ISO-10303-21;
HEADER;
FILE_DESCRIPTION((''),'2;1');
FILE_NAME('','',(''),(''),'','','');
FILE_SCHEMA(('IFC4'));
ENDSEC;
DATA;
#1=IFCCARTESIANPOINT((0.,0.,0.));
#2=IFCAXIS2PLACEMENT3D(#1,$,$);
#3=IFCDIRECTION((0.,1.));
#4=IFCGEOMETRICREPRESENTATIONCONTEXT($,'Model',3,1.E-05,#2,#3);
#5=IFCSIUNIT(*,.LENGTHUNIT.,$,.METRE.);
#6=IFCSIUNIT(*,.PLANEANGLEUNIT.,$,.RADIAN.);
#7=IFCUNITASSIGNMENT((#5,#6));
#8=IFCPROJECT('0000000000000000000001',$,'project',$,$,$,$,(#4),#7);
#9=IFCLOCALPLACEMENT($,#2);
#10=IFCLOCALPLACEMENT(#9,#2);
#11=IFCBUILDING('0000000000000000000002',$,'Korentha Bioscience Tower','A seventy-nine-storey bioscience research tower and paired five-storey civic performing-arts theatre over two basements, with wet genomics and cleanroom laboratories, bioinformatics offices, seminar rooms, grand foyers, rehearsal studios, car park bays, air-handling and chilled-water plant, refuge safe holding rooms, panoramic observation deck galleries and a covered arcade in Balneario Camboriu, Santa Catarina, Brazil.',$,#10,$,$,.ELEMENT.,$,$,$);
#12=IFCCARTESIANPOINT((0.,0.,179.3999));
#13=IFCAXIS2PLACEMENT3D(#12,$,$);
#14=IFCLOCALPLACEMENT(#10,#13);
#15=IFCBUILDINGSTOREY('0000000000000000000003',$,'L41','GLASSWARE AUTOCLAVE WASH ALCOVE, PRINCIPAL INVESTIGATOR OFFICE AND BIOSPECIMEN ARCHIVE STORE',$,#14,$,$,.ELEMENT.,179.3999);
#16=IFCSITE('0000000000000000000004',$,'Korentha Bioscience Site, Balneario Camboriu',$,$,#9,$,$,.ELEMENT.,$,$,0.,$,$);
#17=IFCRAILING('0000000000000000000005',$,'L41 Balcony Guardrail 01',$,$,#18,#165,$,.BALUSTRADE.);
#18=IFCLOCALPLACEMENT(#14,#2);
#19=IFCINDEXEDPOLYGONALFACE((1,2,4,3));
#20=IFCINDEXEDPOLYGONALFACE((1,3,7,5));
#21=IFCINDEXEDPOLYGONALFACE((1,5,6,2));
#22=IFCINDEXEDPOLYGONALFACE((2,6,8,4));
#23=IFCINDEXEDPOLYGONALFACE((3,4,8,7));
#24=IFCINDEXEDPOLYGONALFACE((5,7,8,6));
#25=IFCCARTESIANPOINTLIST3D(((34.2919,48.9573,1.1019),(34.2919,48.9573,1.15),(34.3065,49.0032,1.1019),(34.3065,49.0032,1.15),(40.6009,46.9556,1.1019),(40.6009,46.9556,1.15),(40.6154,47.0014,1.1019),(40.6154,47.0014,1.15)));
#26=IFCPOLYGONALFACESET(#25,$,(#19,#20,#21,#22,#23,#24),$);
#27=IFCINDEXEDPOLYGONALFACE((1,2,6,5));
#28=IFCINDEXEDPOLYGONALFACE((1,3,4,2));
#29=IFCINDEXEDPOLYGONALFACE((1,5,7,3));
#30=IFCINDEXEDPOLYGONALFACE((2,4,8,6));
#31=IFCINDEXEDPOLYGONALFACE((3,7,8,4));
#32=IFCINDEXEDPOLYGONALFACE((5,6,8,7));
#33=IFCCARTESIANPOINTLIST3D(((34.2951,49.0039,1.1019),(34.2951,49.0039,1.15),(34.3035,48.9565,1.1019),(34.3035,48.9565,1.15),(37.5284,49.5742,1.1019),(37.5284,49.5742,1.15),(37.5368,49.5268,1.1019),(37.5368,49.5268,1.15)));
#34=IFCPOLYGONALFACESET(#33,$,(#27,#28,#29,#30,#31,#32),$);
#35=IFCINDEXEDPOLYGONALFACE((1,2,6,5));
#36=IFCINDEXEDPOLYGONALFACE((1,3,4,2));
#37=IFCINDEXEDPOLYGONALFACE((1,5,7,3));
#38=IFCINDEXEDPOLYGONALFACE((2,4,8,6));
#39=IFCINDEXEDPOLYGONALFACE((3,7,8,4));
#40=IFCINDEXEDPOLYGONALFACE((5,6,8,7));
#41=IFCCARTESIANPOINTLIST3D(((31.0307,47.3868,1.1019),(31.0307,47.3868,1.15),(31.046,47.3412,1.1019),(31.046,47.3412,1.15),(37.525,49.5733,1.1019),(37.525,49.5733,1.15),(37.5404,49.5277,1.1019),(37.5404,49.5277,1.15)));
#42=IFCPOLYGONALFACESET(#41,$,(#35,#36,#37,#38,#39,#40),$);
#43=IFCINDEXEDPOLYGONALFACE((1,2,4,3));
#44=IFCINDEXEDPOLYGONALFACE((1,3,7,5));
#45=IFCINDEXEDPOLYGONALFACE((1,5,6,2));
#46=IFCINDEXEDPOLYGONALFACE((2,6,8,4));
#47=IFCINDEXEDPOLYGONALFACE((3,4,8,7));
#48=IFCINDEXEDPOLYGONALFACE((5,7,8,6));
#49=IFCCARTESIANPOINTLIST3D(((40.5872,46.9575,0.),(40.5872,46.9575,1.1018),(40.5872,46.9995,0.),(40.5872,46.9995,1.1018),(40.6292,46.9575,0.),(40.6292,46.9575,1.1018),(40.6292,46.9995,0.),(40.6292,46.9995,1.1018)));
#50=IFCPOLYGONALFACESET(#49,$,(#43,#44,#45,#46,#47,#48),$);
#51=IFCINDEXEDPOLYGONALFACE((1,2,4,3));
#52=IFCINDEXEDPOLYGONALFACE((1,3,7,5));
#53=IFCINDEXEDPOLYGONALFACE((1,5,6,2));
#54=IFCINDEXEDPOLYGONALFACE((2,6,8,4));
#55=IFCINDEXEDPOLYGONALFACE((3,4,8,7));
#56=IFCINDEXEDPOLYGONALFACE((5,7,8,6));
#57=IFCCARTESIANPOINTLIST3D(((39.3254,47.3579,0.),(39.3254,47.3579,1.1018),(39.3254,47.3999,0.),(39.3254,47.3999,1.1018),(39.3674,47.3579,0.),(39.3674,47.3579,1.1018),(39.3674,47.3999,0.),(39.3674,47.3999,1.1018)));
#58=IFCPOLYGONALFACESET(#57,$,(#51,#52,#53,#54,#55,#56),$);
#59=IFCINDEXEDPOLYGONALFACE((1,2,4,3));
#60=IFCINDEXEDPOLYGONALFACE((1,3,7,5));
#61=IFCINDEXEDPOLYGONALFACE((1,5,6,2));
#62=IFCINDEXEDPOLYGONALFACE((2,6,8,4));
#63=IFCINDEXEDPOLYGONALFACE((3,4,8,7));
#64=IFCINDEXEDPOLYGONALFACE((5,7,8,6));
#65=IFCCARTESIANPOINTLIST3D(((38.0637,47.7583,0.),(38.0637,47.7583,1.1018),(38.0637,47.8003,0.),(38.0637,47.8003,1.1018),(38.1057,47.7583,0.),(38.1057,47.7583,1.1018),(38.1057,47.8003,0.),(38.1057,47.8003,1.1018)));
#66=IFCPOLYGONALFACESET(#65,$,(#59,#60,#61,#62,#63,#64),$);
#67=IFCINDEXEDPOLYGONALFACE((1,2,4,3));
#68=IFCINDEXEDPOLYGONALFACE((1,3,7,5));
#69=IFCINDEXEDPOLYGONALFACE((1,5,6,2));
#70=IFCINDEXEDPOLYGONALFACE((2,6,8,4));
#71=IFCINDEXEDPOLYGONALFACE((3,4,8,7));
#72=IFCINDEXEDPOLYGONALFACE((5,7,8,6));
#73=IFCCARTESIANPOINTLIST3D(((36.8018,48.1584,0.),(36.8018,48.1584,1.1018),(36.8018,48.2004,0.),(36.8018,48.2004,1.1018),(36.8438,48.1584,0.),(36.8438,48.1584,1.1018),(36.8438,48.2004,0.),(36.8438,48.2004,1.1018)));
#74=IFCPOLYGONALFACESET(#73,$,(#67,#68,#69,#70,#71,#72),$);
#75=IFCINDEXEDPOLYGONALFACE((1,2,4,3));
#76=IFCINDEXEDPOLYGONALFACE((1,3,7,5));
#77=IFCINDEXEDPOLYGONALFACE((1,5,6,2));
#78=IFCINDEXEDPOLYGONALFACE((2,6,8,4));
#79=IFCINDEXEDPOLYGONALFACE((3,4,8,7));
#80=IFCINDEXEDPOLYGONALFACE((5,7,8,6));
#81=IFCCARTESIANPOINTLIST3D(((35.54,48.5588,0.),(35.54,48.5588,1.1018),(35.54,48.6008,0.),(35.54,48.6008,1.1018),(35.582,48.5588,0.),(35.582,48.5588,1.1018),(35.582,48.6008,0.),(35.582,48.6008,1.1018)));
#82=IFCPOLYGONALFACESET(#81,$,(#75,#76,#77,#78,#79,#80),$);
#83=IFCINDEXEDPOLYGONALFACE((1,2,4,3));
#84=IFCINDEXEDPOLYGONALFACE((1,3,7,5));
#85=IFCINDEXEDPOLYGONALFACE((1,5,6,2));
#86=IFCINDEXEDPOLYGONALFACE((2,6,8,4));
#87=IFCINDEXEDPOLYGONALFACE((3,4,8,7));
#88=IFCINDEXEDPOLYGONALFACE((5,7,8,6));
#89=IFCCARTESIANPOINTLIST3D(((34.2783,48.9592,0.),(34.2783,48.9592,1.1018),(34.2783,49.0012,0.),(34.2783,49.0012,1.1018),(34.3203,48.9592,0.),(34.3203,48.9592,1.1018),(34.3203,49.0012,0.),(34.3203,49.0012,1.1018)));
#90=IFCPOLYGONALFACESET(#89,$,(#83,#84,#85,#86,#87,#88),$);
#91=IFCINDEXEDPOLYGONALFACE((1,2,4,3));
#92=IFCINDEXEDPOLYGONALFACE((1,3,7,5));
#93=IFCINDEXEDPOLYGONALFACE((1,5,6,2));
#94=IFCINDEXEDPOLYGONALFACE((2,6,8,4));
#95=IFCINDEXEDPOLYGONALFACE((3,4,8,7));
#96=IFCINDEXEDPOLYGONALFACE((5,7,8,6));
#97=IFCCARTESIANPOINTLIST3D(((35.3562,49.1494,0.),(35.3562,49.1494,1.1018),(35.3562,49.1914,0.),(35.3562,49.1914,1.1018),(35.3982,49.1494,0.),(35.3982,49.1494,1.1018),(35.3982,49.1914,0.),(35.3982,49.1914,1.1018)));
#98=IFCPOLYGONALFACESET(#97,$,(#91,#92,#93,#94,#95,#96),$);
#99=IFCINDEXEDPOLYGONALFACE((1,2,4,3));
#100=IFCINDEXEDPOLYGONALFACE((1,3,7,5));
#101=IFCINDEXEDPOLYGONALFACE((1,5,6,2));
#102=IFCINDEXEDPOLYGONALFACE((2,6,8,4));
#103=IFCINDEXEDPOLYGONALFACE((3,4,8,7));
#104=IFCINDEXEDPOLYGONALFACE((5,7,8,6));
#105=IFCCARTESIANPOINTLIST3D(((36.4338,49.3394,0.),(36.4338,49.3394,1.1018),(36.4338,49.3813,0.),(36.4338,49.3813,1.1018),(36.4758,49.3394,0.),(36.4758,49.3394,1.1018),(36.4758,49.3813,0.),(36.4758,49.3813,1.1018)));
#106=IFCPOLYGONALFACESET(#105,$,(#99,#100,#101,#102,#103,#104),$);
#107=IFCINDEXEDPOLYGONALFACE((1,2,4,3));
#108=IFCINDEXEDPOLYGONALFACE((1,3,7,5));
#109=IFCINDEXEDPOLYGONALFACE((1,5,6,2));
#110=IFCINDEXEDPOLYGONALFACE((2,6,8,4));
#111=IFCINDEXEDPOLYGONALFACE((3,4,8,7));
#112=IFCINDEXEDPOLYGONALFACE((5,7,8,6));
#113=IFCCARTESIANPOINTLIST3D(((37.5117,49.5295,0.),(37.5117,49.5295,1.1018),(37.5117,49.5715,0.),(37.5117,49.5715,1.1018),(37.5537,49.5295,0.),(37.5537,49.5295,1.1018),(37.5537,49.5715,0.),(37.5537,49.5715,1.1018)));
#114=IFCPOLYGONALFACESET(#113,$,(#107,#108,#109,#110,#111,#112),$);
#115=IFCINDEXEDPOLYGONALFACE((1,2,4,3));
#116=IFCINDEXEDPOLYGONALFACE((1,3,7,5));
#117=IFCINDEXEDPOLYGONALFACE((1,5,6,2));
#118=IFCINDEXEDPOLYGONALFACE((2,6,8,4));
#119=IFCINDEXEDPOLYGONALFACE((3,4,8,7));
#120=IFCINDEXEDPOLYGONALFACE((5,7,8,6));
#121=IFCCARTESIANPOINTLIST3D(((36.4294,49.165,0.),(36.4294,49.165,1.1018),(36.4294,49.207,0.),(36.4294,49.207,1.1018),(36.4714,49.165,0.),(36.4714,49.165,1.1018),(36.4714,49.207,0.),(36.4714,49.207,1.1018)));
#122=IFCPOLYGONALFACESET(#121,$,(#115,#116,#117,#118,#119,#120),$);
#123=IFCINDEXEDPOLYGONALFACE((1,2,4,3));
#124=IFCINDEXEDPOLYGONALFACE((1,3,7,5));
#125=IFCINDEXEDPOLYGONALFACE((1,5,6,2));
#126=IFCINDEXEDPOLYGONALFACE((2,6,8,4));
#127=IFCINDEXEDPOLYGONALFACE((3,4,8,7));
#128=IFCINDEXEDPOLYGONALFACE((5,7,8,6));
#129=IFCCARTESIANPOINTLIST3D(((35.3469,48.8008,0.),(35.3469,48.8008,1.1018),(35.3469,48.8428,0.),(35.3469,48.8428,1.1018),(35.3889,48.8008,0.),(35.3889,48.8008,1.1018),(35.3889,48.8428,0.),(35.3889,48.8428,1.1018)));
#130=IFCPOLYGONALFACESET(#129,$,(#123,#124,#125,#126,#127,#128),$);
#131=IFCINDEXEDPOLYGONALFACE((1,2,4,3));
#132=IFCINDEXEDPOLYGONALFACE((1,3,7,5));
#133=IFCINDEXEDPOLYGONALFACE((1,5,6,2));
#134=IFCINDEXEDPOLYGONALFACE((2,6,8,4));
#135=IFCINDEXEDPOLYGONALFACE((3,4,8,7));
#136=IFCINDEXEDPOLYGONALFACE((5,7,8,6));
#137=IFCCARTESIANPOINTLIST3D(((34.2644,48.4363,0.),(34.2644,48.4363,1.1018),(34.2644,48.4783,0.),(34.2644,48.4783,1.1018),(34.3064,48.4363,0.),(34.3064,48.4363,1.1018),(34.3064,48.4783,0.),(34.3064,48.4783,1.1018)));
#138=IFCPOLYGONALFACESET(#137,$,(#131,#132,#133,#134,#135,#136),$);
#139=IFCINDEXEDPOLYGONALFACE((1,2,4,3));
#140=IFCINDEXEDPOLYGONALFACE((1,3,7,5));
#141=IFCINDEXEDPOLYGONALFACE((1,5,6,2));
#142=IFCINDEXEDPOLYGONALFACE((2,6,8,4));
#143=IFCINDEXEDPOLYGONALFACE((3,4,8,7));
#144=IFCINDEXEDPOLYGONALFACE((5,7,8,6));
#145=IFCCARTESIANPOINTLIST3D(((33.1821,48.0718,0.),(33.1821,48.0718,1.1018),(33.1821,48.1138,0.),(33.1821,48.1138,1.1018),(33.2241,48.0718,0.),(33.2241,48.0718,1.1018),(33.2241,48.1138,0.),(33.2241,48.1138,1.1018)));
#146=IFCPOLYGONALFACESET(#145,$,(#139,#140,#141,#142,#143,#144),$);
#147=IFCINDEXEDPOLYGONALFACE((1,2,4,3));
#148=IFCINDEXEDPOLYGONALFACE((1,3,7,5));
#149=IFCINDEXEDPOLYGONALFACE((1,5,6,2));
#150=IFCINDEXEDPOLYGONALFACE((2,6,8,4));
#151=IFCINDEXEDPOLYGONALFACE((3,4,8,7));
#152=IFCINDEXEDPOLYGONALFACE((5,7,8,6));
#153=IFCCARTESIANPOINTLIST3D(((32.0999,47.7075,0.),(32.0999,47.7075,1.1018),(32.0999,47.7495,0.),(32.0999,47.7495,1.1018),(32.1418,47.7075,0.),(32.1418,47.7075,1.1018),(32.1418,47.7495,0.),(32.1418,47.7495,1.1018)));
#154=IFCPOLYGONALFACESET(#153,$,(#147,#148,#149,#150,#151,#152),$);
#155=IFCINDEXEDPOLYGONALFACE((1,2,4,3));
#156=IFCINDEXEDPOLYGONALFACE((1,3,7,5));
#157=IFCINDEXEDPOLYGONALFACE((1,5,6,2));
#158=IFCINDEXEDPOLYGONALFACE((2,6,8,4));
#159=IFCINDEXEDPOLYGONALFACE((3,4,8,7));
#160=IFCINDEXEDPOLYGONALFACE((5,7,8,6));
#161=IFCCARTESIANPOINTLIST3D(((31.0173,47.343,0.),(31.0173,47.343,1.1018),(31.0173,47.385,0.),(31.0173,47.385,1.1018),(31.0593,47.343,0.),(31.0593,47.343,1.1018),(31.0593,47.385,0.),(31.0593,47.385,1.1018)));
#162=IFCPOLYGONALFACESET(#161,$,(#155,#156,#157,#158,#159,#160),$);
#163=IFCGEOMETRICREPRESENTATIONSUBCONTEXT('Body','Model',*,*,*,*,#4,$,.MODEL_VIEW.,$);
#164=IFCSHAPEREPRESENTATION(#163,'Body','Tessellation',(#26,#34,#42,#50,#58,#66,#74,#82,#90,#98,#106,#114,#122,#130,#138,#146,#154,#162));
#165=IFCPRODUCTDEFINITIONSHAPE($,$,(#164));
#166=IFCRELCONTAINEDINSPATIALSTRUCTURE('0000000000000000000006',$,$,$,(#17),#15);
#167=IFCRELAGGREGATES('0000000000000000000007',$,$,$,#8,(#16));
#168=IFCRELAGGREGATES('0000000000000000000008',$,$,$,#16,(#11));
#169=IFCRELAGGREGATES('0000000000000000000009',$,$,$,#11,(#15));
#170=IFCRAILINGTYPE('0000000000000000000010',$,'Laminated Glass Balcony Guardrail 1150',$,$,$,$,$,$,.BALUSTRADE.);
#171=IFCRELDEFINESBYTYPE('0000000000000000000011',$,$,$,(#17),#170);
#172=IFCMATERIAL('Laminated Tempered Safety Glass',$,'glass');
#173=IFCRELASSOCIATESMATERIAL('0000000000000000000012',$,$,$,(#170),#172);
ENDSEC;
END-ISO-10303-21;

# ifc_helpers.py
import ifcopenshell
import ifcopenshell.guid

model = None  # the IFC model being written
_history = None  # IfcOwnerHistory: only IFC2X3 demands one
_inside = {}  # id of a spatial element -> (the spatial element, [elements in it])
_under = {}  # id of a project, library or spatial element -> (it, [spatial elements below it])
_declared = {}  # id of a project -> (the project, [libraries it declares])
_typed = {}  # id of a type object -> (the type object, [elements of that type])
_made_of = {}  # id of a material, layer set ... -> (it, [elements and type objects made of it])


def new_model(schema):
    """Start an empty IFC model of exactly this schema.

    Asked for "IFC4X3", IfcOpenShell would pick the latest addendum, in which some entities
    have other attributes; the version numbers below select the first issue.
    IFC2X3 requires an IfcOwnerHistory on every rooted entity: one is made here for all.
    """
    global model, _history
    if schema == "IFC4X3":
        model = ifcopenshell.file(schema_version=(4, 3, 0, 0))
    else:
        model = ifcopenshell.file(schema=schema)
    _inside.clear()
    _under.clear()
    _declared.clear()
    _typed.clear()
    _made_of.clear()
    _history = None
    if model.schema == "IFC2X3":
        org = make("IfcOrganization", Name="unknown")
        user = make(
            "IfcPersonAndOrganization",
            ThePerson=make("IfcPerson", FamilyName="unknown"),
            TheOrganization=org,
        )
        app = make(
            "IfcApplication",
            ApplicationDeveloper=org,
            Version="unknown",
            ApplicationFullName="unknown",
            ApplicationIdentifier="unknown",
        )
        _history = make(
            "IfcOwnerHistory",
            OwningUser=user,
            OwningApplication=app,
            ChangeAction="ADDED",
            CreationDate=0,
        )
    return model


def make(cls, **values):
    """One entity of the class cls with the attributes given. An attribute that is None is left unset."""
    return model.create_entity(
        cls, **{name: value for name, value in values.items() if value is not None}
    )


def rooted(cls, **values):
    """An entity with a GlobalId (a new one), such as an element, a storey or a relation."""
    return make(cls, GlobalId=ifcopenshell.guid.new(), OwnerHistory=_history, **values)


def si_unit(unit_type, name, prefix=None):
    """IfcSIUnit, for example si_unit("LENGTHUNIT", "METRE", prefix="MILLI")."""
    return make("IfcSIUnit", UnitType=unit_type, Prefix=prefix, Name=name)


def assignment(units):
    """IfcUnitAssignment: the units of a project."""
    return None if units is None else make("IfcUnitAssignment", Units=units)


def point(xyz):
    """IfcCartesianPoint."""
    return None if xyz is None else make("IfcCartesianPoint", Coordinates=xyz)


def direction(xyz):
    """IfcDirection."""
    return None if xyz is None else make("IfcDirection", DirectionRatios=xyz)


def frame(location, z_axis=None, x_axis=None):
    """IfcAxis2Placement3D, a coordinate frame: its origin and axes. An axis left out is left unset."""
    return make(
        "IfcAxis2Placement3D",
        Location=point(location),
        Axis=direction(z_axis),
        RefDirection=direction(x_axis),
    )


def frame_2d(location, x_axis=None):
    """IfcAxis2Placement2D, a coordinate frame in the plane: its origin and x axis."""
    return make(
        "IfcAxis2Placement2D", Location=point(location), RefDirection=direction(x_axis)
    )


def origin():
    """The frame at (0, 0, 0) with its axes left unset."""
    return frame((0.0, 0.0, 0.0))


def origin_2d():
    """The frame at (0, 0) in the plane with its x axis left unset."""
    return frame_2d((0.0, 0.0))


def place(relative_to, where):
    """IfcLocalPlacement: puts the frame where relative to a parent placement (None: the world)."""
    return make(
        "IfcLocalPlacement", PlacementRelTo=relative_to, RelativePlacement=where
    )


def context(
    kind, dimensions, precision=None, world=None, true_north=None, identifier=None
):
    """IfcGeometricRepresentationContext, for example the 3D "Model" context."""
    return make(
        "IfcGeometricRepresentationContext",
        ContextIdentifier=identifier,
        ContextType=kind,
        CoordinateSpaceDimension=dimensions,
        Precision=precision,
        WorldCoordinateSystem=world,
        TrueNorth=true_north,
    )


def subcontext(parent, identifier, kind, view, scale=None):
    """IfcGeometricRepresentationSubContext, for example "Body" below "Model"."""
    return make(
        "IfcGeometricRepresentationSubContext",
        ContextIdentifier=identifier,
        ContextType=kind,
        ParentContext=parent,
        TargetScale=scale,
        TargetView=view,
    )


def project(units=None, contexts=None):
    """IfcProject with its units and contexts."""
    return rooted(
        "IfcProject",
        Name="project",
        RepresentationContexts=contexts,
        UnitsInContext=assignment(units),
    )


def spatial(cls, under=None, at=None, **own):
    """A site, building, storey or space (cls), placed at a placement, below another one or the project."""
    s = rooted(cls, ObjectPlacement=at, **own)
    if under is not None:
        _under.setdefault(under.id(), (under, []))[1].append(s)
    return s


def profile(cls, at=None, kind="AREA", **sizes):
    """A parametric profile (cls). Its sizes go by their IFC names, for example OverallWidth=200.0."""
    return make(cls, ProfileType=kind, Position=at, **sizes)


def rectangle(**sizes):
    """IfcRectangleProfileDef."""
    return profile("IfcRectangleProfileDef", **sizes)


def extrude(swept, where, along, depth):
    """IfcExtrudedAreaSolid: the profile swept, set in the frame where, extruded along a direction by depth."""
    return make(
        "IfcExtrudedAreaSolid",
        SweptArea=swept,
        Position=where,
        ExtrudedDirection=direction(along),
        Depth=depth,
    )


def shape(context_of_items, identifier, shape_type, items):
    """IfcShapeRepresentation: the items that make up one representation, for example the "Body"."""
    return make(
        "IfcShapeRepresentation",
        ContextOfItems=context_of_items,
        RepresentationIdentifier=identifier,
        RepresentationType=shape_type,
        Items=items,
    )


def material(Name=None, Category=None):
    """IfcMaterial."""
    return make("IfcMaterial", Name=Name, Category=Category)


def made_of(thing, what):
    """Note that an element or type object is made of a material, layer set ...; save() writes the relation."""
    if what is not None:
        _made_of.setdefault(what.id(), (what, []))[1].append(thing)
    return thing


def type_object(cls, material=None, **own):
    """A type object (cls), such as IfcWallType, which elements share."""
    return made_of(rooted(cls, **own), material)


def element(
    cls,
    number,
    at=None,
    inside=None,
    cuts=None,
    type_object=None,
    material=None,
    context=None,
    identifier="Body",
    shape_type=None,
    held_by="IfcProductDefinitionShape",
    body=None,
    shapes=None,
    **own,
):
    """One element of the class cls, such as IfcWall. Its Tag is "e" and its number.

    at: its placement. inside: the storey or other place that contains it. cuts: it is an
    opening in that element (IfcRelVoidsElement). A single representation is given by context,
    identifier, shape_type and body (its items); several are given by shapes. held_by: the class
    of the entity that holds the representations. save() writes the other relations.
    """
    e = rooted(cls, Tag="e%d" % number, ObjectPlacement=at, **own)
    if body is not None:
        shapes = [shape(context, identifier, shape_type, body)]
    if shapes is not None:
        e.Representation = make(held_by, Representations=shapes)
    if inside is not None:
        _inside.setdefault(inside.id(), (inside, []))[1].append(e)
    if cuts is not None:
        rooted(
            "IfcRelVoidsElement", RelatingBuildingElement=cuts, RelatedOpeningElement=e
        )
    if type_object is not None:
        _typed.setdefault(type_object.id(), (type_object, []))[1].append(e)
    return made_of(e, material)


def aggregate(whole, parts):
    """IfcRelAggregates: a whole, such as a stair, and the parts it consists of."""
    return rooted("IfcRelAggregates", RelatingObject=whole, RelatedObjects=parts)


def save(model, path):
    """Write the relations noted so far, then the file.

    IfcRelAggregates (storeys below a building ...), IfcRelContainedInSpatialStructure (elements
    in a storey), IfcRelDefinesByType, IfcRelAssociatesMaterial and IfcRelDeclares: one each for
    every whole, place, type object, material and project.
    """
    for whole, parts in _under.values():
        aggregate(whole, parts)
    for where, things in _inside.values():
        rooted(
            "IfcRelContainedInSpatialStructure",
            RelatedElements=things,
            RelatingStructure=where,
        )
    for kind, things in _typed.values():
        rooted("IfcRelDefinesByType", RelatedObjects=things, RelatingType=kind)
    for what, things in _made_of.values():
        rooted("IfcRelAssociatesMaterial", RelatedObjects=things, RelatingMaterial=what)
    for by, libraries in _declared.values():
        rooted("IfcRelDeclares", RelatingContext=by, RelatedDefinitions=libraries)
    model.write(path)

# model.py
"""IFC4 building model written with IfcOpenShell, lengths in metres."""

from ifc_helpers import new_model, si_unit, direction, frame, origin, origin_2d, place, context, subcontext, project, spatial, rectangle, extrude, material, type_object, element, save


model = new_model("IFC4")

# Units and contexts
model_context = context("Model", 3, precision=1e-05, world=origin(), true_north=direction((0.0, 1.0)))
body_context = subcontext(model_context, "Body", "Model", "MODEL_VIEW")
ifc_project = project(units=[si_unit("LENGTHUNIT", "METRE"), si_unit("PLANEANGLEUNIT", "RADIAN")], contexts=[model_context])

# Site, building, storey
site_placement = place(None, origin())
site = spatial("IfcSite", under=ifc_project, at=site_placement, Name="Korentha Bioscience Site, Balneario Camboriu", CompositionType="ELEMENT", RefElevation=0.0)
building_placement = place(site_placement, origin())
building = spatial("IfcBuilding", under=site, at=building_placement, Name="Korentha Bioscience Tower", Description="A seventy-nine-storey bioscience research tower and paired five-storey civic performing-arts theatre over two basements, with wet genomics and cleanroom laboratories, bioinformatics offices, seminar rooms, grand foyers, rehearsal studios, car park bays, air-handling and chilled-water plant, refuge safe holding rooms, panoramic observation deck galleries and a covered arcade in Balneario Camboriu, Santa Catarina, Brazil.", CompositionType="ELEMENT")
storey_placement = place(building_placement, frame((0.0, 0.0, 179.3999)))
storey = spatial("IfcBuildingStorey", under=building, at=storey_placement, Name="L41", Description="GLASSWARE AUTOCLAVE WASH ALCOVE, PRINCIPAL INVESTIGATOR OFFICE AND BIOSPECIMEN ARCHIVE STORE", CompositionType="ELEMENT", Elevation=179.3999)

# Railing
ifc_material_1 = material(Name="Laminated Tempered Safety Glass", Category="glass")
railing_type = type_object("IfcRailingType", Name="Laminated Glass Balcony Guardrail 1150", PredefinedType="BALUSTRADE", material=ifc_material_1)
railing_placement = place(storey_placement, frame((40.6082, 46.9785, 0.0)))
element("IfcRailing", 1, at=railing_placement, inside=storey, type_object=railing_type, Name="L41 Balcony Guardrail 01", PredefinedType="BALUSTRADE", context=body_context, shape_type="SweptSolid", body=[
    extrude(rectangle(XDim=0.0481, YDim=0.0481, at=origin_2d()), frame((0.0, 0.0, 1.126), z_axis=(-0.953172, 0.302429, 0.0), x_axis=(-0.302429, -0.953172, 0.0)), (0.0, 0.0, 1.0), 6.6189),
    extrude(rectangle(XDim=0.0481, YDim=0.0481, at=origin_2d()), frame((-6.3088, 2.0017, 1.126), z_axis=(0.984799, 0.1737, 0.0), x_axis=(-0.1737, 0.984799, 0.0)), (0.0, 0.0, 1.0), 3.2832),
    extrude(rectangle(XDim=0.0481, YDim=0.0481, at=origin_2d()), frame((-3.0754, 2.572, 1.126), z_axis=(-0.947728, -0.31908, 0.0), x_axis=(0.31908, -0.947728, 0.0)), (0.0, 0.0, 1.0), 6.8525),
    extrude(rectangle(XDim=0.042, YDim=0.042, at=origin_2d()), origin(), (0.0, 0.0, 1.0), 1.1018),
    extrude(rectangle(XDim=0.042, YDim=0.042, at=origin_2d()), frame((-1.2617, 0.4004, 0.0)), (0.0, 0.0, 1.0), 1.1018),
    extrude(rectangle(XDim=0.042, YDim=0.042, at=origin_2d()), frame((-2.5234, 0.8008, 0.0)), (0.0, 0.0, 1.0), 1.1018),
    extrude(rectangle(XDim=0.042, YDim=0.042, at=origin_2d()), frame((-3.7854, 1.2009, 0.0)), (0.0, 0.0, 1.0), 1.1018),
    extrude(rectangle(XDim=0.042, YDim=0.042, at=origin_2d()), frame((-5.0471, 1.6013, 0.0)), (0.0, 0.0, 1.0), 1.1018),
    extrude(rectangle(XDim=0.042, YDim=0.042, at=origin_2d()), frame((-6.3088, 2.0017, 0.0)), (0.0, 0.0, 1.0), 1.1018),
    extrude(rectangle(XDim=0.042, YDim=0.042, at=origin_2d()), frame((-5.231, 2.1919, 0.0)), (0.0, 0.0, 1.0), 1.1018),
    extrude(rectangle(XDim=0.042, YDim=0.042, at=origin_2d()), frame((-4.1533, 2.3818, 0.0)), (0.0, 0.0, 1.0), 1.1018),
    extrude(rectangle(XDim=0.042, YDim=0.042, at=origin_2d()), frame((-3.0754, 2.572, 0.0)), (0.0, 0.0, 1.0), 1.1018),
    extrude(rectangle(XDim=0.042, YDim=0.042, at=origin_2d()), frame((-4.1577, 2.2075, 0.0)), (0.0, 0.0, 1.0), 1.1018),
    extrude(rectangle(XDim=0.042, YDim=0.042, at=origin_2d()), frame((-5.2402, 1.8433, 0.0)), (0.0, 0.0, 1.0), 1.1018),
    extrude(rectangle(XDim=0.042, YDim=0.042, at=origin_2d()), frame((-6.3228, 1.4788, 0.0)), (0.0, 0.0, 1.0), 1.1018),
    extrude(rectangle(XDim=0.042, YDim=0.042, at=origin_2d()), frame((-7.405, 1.1143, 0.0)), (0.0, 0.0, 1.0), 1.1018),
    extrude(rectangle(XDim=0.042, YDim=0.042, at=origin_2d()), frame((-8.4873, 0.75, 0.0)), (0.0, 0.0, 1.0), 1.1018),
    extrude(rectangle(XDim=0.042, YDim=0.042, at=origin_2d()), frame((-9.5698, 0.3855, 0.0)), (0.0, 0.0, 1.0), 1.1018),
])

save(model, "model.ifc")
